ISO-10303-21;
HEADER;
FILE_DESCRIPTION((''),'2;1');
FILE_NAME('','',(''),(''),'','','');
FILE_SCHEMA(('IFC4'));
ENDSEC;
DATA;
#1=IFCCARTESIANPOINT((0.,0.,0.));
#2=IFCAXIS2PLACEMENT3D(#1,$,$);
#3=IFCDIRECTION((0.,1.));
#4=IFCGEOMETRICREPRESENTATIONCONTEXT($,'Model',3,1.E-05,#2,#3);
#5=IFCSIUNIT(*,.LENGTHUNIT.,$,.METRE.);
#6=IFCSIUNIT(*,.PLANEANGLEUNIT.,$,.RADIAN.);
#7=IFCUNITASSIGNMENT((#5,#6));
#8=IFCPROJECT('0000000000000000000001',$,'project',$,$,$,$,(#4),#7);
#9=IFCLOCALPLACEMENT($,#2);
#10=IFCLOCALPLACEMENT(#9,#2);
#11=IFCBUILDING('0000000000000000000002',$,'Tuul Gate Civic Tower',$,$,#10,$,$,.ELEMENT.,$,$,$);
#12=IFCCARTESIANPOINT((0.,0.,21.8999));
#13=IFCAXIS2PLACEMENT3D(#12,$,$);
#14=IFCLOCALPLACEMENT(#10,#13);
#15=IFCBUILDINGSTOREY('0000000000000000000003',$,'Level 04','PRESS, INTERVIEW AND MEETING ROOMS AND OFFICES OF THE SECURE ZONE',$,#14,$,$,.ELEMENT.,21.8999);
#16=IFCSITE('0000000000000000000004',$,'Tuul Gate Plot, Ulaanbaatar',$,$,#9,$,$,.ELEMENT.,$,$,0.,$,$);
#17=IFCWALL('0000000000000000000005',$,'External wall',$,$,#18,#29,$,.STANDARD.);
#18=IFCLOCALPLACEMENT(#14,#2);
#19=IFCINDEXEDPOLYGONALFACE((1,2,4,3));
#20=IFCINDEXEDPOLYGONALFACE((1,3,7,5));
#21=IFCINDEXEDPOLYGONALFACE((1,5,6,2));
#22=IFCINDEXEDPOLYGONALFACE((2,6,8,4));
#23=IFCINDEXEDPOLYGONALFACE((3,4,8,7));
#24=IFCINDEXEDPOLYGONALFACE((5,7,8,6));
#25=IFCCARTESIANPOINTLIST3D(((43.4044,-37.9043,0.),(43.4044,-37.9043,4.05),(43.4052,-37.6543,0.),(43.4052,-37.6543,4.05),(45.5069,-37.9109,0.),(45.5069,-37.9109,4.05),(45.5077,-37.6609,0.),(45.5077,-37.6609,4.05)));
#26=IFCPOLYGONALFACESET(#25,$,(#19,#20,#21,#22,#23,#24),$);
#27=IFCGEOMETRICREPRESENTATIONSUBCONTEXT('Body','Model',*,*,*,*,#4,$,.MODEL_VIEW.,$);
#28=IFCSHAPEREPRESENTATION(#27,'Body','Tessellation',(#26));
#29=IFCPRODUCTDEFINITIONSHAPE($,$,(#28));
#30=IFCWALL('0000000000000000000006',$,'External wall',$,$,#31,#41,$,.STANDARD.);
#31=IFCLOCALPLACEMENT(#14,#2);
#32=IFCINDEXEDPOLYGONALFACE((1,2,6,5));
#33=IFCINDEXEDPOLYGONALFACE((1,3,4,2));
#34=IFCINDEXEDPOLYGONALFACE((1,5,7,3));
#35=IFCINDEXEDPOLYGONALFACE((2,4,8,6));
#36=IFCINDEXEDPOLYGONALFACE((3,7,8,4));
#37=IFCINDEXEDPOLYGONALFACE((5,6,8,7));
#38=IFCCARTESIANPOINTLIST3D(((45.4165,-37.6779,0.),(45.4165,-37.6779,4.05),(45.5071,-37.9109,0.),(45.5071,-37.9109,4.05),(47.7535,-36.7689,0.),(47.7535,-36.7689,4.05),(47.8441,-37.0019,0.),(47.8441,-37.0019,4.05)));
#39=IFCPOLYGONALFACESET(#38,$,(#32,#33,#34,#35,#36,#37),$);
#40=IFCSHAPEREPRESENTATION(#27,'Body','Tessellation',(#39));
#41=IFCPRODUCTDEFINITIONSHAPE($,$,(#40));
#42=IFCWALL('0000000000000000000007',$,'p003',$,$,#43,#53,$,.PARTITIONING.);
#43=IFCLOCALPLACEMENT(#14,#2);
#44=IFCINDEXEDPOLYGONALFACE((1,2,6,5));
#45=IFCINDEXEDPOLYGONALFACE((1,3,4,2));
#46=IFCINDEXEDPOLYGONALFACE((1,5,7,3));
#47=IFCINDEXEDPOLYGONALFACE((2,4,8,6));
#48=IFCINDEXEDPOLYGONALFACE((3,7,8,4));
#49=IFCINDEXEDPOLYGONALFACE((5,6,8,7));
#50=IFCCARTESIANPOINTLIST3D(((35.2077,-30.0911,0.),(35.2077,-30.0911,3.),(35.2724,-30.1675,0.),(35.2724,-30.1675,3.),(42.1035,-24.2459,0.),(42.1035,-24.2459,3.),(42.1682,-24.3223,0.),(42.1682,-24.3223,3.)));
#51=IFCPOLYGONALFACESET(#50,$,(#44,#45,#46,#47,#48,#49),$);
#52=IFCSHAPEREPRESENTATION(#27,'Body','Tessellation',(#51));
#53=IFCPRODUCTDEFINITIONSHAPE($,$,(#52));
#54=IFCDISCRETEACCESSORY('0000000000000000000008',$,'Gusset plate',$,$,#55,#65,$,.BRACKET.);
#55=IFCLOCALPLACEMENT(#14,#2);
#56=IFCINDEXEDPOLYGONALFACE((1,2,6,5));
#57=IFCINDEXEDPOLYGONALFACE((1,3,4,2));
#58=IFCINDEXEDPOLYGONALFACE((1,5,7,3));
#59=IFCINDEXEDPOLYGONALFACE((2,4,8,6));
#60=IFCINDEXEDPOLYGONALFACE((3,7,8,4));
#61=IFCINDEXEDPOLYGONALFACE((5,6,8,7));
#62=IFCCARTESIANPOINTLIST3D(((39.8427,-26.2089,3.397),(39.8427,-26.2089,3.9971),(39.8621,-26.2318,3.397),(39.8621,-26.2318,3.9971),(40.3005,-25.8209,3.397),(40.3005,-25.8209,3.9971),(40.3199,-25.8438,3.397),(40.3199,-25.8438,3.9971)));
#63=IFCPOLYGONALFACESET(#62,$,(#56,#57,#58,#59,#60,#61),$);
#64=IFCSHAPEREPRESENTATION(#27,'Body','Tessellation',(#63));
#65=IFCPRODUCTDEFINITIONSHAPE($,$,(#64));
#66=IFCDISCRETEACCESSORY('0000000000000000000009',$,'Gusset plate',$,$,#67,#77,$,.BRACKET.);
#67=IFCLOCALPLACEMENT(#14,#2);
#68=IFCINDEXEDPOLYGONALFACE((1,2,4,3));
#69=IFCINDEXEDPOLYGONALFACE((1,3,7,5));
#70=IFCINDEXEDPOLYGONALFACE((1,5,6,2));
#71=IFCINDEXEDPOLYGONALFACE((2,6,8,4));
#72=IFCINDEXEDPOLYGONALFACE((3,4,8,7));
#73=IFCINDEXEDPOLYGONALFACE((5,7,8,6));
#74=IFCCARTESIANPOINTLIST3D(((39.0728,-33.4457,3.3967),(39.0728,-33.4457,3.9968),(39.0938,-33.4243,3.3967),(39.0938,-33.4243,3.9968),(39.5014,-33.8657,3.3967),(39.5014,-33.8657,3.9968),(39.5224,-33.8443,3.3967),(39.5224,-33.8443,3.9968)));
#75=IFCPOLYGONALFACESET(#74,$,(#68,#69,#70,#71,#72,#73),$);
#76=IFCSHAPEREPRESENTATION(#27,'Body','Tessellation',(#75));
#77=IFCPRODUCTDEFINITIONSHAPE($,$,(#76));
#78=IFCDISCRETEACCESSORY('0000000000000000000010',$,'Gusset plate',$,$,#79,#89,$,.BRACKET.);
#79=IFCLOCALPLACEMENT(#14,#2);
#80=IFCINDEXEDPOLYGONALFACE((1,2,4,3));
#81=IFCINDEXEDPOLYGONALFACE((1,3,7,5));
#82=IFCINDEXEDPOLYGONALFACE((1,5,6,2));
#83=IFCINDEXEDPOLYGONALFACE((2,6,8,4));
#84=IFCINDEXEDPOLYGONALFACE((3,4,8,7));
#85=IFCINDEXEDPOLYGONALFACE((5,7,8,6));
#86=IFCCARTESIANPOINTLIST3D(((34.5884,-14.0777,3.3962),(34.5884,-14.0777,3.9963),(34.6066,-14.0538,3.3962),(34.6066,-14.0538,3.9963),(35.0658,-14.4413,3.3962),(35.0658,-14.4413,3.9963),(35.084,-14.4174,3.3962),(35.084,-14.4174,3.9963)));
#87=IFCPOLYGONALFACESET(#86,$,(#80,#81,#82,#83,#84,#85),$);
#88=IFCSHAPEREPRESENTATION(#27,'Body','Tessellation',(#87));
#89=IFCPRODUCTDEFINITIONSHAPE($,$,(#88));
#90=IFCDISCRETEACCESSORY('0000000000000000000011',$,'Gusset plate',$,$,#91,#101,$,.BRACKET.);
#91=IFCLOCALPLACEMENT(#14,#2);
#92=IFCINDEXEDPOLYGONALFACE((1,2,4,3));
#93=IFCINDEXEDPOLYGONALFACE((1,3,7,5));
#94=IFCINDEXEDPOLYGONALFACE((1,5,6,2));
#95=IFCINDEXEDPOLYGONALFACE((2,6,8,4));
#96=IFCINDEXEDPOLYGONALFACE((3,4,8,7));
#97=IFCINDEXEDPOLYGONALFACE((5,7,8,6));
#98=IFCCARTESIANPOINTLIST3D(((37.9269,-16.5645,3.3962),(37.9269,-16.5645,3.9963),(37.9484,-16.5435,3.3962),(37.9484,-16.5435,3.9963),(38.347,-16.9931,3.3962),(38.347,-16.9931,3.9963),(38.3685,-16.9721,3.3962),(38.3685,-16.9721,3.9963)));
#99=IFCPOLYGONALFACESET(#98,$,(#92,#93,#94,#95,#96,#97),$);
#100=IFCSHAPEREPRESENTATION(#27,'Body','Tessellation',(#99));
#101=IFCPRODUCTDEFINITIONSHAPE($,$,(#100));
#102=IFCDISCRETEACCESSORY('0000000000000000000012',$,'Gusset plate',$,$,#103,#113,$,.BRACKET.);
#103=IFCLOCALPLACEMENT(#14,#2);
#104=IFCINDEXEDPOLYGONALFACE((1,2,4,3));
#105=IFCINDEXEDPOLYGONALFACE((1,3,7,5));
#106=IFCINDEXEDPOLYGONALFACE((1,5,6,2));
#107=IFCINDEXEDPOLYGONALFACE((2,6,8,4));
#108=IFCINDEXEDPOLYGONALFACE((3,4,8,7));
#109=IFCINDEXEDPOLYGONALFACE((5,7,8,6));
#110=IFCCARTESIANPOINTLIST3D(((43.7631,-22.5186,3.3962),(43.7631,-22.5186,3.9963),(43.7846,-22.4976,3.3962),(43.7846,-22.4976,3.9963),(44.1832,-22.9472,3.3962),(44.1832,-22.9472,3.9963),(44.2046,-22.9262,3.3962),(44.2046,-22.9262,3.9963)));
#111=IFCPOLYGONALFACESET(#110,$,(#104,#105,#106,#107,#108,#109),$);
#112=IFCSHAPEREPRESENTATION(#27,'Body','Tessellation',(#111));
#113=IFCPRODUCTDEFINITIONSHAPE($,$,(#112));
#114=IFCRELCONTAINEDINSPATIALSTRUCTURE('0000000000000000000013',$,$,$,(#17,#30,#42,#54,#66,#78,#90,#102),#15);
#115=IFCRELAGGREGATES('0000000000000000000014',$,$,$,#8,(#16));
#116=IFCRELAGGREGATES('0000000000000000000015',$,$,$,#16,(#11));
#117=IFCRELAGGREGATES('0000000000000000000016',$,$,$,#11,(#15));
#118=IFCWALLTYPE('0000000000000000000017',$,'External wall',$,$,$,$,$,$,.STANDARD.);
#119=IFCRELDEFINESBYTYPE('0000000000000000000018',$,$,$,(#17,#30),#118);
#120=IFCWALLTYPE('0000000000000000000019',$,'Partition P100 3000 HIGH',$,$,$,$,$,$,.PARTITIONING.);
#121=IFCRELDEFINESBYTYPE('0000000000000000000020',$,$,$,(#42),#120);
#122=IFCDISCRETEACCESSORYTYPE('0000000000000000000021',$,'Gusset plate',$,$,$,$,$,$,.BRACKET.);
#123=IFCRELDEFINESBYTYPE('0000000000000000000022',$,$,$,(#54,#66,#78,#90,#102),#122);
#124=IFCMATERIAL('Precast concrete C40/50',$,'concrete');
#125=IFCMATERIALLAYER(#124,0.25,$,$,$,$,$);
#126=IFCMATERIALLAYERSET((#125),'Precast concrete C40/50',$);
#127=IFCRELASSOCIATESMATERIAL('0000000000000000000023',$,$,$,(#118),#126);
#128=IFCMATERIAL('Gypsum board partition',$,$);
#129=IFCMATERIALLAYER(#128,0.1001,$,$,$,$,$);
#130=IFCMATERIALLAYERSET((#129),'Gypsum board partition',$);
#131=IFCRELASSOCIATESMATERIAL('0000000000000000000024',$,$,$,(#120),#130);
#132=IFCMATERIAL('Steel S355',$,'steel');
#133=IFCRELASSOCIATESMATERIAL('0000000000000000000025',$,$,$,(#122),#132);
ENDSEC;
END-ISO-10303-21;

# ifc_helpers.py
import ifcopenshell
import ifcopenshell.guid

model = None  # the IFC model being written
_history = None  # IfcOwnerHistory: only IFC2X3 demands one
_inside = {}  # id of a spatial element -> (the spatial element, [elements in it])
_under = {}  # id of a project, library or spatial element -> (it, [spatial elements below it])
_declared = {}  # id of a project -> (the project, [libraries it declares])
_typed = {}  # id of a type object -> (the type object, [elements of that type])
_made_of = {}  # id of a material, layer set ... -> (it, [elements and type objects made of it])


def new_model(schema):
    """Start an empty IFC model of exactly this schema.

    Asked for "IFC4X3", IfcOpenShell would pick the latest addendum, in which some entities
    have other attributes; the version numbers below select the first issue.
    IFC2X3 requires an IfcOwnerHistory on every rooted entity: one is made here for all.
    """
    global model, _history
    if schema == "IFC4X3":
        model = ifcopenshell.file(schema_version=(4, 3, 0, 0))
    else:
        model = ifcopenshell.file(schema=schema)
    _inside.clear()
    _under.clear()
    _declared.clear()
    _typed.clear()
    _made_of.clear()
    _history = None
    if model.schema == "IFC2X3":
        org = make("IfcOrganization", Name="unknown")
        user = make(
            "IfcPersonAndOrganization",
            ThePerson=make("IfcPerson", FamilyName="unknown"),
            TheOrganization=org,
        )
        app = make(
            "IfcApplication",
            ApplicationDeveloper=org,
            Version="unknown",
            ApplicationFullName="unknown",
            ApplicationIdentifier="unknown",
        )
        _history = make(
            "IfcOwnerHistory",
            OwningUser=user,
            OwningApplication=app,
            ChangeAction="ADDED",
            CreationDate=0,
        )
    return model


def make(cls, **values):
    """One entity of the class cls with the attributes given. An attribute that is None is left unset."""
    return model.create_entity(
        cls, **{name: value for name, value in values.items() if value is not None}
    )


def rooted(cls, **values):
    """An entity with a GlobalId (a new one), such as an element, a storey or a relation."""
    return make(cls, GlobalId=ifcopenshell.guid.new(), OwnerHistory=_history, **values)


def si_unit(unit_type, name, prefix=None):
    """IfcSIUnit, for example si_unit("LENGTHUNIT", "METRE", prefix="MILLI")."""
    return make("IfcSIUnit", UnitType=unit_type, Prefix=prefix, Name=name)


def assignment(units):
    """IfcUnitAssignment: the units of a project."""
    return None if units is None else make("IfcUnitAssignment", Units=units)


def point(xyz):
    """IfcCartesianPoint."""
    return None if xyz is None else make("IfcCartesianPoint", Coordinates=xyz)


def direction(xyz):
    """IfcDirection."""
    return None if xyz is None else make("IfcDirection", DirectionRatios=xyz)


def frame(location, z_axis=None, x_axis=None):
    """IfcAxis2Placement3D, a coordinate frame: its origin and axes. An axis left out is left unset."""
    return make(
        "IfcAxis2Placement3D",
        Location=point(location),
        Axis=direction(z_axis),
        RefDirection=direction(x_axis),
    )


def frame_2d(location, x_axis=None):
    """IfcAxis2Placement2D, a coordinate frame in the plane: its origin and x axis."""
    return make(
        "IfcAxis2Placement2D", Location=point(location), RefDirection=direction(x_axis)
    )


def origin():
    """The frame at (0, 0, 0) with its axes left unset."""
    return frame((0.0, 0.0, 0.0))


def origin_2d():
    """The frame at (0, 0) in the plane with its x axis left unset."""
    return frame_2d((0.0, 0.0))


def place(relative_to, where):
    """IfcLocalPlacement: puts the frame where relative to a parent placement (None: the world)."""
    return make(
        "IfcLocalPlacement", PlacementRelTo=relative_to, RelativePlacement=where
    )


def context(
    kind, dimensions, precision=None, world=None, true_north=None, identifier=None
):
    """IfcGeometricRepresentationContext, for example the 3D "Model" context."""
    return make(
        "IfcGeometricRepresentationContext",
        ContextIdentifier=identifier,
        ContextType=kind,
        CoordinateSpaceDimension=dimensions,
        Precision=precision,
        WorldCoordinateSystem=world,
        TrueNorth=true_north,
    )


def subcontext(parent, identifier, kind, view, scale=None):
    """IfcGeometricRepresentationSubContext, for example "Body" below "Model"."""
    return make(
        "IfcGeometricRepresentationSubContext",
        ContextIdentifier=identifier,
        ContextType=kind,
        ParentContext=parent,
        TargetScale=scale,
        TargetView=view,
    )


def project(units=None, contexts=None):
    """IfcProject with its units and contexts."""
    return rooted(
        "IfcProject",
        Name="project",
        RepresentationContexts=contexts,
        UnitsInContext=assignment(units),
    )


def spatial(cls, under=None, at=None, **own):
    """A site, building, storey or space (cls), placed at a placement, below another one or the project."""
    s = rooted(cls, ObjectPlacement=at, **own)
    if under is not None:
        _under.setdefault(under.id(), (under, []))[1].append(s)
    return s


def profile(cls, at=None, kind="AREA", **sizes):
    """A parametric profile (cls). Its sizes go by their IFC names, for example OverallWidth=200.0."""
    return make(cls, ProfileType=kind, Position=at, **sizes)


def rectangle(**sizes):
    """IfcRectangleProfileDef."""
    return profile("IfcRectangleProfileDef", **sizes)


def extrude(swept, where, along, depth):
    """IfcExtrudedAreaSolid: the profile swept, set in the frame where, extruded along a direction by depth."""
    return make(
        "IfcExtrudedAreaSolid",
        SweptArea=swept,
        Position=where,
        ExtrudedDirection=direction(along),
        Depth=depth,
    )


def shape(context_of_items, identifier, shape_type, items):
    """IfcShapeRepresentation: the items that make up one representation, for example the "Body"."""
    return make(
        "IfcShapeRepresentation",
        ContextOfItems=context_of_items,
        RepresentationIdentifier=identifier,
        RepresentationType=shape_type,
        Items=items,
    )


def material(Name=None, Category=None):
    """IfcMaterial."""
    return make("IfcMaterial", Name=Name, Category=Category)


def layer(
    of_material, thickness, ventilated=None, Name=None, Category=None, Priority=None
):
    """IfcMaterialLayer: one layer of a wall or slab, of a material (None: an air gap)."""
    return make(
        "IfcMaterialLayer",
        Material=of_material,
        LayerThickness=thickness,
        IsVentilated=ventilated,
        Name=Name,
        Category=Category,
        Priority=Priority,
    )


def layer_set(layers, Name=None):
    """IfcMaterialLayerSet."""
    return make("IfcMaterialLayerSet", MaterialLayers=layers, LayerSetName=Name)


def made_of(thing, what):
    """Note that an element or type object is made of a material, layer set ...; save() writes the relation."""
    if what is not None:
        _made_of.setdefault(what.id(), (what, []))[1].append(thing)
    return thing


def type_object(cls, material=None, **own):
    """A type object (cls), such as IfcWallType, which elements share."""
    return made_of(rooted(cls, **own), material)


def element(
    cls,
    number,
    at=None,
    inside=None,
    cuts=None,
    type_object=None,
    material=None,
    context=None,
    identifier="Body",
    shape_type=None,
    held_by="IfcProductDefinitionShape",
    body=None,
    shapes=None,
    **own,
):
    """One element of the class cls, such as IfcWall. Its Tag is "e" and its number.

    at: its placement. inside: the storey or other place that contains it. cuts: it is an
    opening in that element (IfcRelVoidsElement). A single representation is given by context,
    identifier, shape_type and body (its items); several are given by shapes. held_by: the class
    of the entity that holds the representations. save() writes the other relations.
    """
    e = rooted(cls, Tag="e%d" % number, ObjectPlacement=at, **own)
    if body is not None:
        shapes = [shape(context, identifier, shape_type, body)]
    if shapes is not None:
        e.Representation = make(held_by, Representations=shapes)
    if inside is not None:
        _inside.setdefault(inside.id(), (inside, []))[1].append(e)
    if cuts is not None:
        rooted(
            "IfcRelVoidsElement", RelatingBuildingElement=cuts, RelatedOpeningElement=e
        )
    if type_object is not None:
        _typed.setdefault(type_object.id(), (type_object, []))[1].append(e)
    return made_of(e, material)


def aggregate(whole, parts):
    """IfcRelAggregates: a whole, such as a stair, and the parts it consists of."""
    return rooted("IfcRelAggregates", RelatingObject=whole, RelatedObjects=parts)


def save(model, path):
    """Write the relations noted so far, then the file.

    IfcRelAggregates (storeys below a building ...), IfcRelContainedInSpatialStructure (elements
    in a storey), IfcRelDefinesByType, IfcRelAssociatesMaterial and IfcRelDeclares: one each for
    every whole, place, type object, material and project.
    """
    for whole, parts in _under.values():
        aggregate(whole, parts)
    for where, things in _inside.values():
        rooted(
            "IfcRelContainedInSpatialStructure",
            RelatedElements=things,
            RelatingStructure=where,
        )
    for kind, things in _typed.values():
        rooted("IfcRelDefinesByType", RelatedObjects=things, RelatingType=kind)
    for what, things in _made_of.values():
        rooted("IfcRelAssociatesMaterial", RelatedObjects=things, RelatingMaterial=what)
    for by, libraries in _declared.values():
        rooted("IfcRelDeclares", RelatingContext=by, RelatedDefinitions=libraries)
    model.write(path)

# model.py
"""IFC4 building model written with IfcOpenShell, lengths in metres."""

from ifc_helpers import new_model, si_unit, direction, frame, frame_2d, origin, origin_2d, place, context, subcontext, project, spatial, rectangle, extrude, material, layer, layer_set, type_object, element, save


model = new_model("IFC4")

# Units and contexts
model_context = context("Model", 3, precision=1e-05, world=origin(), true_north=direction((0.0, 1.0)))
body_context = subcontext(model_context, "Body", "Model", "MODEL_VIEW")
ifc_project = project(units=[si_unit("LENGTHUNIT", "METRE"), si_unit("PLANEANGLEUNIT", "RADIAN")], contexts=[model_context])

# Site, building, storey
site_placement = place(None, origin())
site = spatial("IfcSite", under=ifc_project, at=site_placement, Name="Tuul Gate Plot, Ulaanbaatar", CompositionType="ELEMENT", RefElevation=0.0)
building_placement = place(site_placement, origin())
building = spatial("IfcBuilding", under=site, at=building_placement, Name="Tuul Gate Civic Tower", CompositionType="ELEMENT")
storey_placement = place(building_placement, frame((0.0, 0.0, 21.8999)))
storey = spatial("IfcBuildingStorey", under=building, at=storey_placement, Name="Level 04", Description="PRESS, INTERVIEW AND MEETING ROOMS AND OFFICES OF THE SECURE ZONE", CompositionType="ELEMENT", Elevation=21.8999)

# Shared definitions
ifc_material_1 = material(Name="Precast concrete C40/50", Category="concrete")
ifc_layer_1 = layer(ifc_material_1, 0.25)
ifc_layer_set_1 = layer_set([ifc_layer_1], Name="Precast concrete C40/50")
wall_type_1 = type_object("IfcWallType", Name="External wall", PredefinedType="STANDARD", material=ifc_layer_set_1)

# Walls
wall_1_placement = place(storey_placement, frame((43.4048, -37.7793, 0.0), z_axis=(0.0, 0.0, 1.0), x_axis=(0.999995, -0.003135, 0.0)))
element("IfcWall", 1, at=wall_1_placement, inside=storey, type_object=wall_type_1, Name="External wall", PredefinedType="STANDARD", context=body_context, shape_type="SweptSolid", body=[
    extrude(rectangle(XDim=2.1025, YDim=0.25, at=frame_2d((1.0513, 0.0))), origin(), (0.0, 0.0, 1.0), 4.05),
])
wall_2_placement = place(storey_placement, frame((45.4617, -37.7944, 0.0), z_axis=(0.0, 0.0, 1.0), x_axis=(0.931986, 0.362493, 0.0)))
element("IfcWall", 2, at=wall_2_placement, inside=storey, type_object=wall_type_1, Name="External wall", PredefinedType="STANDARD", context=body_context, shape_type="SweptSolid", body=[
    extrude(rectangle(XDim=2.5076, YDim=0.25, at=frame_2d((1.2539, 0.0))), origin(), (0.0, 0.0, 1.0), 4.05),
])
ifc_material_2 = material(Name="Gypsum board partition")
ifc_layer_2 = layer(ifc_material_2, 0.1001)
ifc_layer_set_2 = layer_set([ifc_layer_2], Name="Gypsum board partition")
wall_type_2 = type_object("IfcWallType", Name="Partition P100 3000 HIGH", PredefinedType="PARTITIONING", material=ifc_layer_set_2)
wall_3_placement = place(storey_placement, frame((35.24, -30.1294, 0.0), z_axis=(0.0, 0.0, 1.0), x_axis=(0.762822, 0.646609, 0.0)))
element("IfcWall", 3, at=wall_3_placement, inside=storey, type_object=wall_type_2, Name="p003", PredefinedType="PARTITIONING", context=body_context, shape_type="SweptSolid", body=[
    extrude(rectangle(XDim=9.0398, YDim=0.1001, at=frame_2d((4.52, 0.0))), origin(), (0.0, 0.0, 1.0), 3.0),
])

# Discrete accessories
ifc_material_3 = material(Name="Steel S355", Category="steel")
discrete_accessory_type = type_object("IfcDiscreteAccessoryType", Name="Gusset plate", PredefinedType="BRACKET", material=ifc_material_3)
for number, where, z_axis, x_axis, name in (
    (4, (40.0813, -26.0264, 3.397), (0.0, 0.0, 1.0), (0.762835, 0.646593, 0.0), "Gusset plate"),
    (5, (39.2976, -33.645, 3.3967), (0.0, 0.0, 1.0), (-0.714249, 0.699891, 0.0), "Gusset plate"),
    (6, (34.8362, -14.2476, 3.3962), (0.0, 0.0, 1.0), (-0.795624, 0.605791, 0.0), "Gusset plate"),
    (7, (38.1477, -16.7683, 3.3962), (0.0, 0.0, 1.0), (0.700009, -0.714134, 0.0), "Gusset plate"),
    (8, (43.9839, -22.7224, 3.3962), (0.0, 0.0, 1.0), (-0.700009, 0.714134, 0.0), "Gusset plate"),
):
    element("IfcDiscreteAccessory", number, at=place(storey_placement, frame(where, z_axis=z_axis, x_axis=x_axis)), inside=storey, type_object=discrete_accessory_type, Name=name, PredefinedType="BRACKET", context=body_context, shape_type="SweptSolid", body=[
        extrude(rectangle(XDim=0.6001, YDim=0.03, at=origin_2d()), origin(), (0.0, 0.0, 1.0), 0.6001),
    ])

save(model, "model.ifc")
